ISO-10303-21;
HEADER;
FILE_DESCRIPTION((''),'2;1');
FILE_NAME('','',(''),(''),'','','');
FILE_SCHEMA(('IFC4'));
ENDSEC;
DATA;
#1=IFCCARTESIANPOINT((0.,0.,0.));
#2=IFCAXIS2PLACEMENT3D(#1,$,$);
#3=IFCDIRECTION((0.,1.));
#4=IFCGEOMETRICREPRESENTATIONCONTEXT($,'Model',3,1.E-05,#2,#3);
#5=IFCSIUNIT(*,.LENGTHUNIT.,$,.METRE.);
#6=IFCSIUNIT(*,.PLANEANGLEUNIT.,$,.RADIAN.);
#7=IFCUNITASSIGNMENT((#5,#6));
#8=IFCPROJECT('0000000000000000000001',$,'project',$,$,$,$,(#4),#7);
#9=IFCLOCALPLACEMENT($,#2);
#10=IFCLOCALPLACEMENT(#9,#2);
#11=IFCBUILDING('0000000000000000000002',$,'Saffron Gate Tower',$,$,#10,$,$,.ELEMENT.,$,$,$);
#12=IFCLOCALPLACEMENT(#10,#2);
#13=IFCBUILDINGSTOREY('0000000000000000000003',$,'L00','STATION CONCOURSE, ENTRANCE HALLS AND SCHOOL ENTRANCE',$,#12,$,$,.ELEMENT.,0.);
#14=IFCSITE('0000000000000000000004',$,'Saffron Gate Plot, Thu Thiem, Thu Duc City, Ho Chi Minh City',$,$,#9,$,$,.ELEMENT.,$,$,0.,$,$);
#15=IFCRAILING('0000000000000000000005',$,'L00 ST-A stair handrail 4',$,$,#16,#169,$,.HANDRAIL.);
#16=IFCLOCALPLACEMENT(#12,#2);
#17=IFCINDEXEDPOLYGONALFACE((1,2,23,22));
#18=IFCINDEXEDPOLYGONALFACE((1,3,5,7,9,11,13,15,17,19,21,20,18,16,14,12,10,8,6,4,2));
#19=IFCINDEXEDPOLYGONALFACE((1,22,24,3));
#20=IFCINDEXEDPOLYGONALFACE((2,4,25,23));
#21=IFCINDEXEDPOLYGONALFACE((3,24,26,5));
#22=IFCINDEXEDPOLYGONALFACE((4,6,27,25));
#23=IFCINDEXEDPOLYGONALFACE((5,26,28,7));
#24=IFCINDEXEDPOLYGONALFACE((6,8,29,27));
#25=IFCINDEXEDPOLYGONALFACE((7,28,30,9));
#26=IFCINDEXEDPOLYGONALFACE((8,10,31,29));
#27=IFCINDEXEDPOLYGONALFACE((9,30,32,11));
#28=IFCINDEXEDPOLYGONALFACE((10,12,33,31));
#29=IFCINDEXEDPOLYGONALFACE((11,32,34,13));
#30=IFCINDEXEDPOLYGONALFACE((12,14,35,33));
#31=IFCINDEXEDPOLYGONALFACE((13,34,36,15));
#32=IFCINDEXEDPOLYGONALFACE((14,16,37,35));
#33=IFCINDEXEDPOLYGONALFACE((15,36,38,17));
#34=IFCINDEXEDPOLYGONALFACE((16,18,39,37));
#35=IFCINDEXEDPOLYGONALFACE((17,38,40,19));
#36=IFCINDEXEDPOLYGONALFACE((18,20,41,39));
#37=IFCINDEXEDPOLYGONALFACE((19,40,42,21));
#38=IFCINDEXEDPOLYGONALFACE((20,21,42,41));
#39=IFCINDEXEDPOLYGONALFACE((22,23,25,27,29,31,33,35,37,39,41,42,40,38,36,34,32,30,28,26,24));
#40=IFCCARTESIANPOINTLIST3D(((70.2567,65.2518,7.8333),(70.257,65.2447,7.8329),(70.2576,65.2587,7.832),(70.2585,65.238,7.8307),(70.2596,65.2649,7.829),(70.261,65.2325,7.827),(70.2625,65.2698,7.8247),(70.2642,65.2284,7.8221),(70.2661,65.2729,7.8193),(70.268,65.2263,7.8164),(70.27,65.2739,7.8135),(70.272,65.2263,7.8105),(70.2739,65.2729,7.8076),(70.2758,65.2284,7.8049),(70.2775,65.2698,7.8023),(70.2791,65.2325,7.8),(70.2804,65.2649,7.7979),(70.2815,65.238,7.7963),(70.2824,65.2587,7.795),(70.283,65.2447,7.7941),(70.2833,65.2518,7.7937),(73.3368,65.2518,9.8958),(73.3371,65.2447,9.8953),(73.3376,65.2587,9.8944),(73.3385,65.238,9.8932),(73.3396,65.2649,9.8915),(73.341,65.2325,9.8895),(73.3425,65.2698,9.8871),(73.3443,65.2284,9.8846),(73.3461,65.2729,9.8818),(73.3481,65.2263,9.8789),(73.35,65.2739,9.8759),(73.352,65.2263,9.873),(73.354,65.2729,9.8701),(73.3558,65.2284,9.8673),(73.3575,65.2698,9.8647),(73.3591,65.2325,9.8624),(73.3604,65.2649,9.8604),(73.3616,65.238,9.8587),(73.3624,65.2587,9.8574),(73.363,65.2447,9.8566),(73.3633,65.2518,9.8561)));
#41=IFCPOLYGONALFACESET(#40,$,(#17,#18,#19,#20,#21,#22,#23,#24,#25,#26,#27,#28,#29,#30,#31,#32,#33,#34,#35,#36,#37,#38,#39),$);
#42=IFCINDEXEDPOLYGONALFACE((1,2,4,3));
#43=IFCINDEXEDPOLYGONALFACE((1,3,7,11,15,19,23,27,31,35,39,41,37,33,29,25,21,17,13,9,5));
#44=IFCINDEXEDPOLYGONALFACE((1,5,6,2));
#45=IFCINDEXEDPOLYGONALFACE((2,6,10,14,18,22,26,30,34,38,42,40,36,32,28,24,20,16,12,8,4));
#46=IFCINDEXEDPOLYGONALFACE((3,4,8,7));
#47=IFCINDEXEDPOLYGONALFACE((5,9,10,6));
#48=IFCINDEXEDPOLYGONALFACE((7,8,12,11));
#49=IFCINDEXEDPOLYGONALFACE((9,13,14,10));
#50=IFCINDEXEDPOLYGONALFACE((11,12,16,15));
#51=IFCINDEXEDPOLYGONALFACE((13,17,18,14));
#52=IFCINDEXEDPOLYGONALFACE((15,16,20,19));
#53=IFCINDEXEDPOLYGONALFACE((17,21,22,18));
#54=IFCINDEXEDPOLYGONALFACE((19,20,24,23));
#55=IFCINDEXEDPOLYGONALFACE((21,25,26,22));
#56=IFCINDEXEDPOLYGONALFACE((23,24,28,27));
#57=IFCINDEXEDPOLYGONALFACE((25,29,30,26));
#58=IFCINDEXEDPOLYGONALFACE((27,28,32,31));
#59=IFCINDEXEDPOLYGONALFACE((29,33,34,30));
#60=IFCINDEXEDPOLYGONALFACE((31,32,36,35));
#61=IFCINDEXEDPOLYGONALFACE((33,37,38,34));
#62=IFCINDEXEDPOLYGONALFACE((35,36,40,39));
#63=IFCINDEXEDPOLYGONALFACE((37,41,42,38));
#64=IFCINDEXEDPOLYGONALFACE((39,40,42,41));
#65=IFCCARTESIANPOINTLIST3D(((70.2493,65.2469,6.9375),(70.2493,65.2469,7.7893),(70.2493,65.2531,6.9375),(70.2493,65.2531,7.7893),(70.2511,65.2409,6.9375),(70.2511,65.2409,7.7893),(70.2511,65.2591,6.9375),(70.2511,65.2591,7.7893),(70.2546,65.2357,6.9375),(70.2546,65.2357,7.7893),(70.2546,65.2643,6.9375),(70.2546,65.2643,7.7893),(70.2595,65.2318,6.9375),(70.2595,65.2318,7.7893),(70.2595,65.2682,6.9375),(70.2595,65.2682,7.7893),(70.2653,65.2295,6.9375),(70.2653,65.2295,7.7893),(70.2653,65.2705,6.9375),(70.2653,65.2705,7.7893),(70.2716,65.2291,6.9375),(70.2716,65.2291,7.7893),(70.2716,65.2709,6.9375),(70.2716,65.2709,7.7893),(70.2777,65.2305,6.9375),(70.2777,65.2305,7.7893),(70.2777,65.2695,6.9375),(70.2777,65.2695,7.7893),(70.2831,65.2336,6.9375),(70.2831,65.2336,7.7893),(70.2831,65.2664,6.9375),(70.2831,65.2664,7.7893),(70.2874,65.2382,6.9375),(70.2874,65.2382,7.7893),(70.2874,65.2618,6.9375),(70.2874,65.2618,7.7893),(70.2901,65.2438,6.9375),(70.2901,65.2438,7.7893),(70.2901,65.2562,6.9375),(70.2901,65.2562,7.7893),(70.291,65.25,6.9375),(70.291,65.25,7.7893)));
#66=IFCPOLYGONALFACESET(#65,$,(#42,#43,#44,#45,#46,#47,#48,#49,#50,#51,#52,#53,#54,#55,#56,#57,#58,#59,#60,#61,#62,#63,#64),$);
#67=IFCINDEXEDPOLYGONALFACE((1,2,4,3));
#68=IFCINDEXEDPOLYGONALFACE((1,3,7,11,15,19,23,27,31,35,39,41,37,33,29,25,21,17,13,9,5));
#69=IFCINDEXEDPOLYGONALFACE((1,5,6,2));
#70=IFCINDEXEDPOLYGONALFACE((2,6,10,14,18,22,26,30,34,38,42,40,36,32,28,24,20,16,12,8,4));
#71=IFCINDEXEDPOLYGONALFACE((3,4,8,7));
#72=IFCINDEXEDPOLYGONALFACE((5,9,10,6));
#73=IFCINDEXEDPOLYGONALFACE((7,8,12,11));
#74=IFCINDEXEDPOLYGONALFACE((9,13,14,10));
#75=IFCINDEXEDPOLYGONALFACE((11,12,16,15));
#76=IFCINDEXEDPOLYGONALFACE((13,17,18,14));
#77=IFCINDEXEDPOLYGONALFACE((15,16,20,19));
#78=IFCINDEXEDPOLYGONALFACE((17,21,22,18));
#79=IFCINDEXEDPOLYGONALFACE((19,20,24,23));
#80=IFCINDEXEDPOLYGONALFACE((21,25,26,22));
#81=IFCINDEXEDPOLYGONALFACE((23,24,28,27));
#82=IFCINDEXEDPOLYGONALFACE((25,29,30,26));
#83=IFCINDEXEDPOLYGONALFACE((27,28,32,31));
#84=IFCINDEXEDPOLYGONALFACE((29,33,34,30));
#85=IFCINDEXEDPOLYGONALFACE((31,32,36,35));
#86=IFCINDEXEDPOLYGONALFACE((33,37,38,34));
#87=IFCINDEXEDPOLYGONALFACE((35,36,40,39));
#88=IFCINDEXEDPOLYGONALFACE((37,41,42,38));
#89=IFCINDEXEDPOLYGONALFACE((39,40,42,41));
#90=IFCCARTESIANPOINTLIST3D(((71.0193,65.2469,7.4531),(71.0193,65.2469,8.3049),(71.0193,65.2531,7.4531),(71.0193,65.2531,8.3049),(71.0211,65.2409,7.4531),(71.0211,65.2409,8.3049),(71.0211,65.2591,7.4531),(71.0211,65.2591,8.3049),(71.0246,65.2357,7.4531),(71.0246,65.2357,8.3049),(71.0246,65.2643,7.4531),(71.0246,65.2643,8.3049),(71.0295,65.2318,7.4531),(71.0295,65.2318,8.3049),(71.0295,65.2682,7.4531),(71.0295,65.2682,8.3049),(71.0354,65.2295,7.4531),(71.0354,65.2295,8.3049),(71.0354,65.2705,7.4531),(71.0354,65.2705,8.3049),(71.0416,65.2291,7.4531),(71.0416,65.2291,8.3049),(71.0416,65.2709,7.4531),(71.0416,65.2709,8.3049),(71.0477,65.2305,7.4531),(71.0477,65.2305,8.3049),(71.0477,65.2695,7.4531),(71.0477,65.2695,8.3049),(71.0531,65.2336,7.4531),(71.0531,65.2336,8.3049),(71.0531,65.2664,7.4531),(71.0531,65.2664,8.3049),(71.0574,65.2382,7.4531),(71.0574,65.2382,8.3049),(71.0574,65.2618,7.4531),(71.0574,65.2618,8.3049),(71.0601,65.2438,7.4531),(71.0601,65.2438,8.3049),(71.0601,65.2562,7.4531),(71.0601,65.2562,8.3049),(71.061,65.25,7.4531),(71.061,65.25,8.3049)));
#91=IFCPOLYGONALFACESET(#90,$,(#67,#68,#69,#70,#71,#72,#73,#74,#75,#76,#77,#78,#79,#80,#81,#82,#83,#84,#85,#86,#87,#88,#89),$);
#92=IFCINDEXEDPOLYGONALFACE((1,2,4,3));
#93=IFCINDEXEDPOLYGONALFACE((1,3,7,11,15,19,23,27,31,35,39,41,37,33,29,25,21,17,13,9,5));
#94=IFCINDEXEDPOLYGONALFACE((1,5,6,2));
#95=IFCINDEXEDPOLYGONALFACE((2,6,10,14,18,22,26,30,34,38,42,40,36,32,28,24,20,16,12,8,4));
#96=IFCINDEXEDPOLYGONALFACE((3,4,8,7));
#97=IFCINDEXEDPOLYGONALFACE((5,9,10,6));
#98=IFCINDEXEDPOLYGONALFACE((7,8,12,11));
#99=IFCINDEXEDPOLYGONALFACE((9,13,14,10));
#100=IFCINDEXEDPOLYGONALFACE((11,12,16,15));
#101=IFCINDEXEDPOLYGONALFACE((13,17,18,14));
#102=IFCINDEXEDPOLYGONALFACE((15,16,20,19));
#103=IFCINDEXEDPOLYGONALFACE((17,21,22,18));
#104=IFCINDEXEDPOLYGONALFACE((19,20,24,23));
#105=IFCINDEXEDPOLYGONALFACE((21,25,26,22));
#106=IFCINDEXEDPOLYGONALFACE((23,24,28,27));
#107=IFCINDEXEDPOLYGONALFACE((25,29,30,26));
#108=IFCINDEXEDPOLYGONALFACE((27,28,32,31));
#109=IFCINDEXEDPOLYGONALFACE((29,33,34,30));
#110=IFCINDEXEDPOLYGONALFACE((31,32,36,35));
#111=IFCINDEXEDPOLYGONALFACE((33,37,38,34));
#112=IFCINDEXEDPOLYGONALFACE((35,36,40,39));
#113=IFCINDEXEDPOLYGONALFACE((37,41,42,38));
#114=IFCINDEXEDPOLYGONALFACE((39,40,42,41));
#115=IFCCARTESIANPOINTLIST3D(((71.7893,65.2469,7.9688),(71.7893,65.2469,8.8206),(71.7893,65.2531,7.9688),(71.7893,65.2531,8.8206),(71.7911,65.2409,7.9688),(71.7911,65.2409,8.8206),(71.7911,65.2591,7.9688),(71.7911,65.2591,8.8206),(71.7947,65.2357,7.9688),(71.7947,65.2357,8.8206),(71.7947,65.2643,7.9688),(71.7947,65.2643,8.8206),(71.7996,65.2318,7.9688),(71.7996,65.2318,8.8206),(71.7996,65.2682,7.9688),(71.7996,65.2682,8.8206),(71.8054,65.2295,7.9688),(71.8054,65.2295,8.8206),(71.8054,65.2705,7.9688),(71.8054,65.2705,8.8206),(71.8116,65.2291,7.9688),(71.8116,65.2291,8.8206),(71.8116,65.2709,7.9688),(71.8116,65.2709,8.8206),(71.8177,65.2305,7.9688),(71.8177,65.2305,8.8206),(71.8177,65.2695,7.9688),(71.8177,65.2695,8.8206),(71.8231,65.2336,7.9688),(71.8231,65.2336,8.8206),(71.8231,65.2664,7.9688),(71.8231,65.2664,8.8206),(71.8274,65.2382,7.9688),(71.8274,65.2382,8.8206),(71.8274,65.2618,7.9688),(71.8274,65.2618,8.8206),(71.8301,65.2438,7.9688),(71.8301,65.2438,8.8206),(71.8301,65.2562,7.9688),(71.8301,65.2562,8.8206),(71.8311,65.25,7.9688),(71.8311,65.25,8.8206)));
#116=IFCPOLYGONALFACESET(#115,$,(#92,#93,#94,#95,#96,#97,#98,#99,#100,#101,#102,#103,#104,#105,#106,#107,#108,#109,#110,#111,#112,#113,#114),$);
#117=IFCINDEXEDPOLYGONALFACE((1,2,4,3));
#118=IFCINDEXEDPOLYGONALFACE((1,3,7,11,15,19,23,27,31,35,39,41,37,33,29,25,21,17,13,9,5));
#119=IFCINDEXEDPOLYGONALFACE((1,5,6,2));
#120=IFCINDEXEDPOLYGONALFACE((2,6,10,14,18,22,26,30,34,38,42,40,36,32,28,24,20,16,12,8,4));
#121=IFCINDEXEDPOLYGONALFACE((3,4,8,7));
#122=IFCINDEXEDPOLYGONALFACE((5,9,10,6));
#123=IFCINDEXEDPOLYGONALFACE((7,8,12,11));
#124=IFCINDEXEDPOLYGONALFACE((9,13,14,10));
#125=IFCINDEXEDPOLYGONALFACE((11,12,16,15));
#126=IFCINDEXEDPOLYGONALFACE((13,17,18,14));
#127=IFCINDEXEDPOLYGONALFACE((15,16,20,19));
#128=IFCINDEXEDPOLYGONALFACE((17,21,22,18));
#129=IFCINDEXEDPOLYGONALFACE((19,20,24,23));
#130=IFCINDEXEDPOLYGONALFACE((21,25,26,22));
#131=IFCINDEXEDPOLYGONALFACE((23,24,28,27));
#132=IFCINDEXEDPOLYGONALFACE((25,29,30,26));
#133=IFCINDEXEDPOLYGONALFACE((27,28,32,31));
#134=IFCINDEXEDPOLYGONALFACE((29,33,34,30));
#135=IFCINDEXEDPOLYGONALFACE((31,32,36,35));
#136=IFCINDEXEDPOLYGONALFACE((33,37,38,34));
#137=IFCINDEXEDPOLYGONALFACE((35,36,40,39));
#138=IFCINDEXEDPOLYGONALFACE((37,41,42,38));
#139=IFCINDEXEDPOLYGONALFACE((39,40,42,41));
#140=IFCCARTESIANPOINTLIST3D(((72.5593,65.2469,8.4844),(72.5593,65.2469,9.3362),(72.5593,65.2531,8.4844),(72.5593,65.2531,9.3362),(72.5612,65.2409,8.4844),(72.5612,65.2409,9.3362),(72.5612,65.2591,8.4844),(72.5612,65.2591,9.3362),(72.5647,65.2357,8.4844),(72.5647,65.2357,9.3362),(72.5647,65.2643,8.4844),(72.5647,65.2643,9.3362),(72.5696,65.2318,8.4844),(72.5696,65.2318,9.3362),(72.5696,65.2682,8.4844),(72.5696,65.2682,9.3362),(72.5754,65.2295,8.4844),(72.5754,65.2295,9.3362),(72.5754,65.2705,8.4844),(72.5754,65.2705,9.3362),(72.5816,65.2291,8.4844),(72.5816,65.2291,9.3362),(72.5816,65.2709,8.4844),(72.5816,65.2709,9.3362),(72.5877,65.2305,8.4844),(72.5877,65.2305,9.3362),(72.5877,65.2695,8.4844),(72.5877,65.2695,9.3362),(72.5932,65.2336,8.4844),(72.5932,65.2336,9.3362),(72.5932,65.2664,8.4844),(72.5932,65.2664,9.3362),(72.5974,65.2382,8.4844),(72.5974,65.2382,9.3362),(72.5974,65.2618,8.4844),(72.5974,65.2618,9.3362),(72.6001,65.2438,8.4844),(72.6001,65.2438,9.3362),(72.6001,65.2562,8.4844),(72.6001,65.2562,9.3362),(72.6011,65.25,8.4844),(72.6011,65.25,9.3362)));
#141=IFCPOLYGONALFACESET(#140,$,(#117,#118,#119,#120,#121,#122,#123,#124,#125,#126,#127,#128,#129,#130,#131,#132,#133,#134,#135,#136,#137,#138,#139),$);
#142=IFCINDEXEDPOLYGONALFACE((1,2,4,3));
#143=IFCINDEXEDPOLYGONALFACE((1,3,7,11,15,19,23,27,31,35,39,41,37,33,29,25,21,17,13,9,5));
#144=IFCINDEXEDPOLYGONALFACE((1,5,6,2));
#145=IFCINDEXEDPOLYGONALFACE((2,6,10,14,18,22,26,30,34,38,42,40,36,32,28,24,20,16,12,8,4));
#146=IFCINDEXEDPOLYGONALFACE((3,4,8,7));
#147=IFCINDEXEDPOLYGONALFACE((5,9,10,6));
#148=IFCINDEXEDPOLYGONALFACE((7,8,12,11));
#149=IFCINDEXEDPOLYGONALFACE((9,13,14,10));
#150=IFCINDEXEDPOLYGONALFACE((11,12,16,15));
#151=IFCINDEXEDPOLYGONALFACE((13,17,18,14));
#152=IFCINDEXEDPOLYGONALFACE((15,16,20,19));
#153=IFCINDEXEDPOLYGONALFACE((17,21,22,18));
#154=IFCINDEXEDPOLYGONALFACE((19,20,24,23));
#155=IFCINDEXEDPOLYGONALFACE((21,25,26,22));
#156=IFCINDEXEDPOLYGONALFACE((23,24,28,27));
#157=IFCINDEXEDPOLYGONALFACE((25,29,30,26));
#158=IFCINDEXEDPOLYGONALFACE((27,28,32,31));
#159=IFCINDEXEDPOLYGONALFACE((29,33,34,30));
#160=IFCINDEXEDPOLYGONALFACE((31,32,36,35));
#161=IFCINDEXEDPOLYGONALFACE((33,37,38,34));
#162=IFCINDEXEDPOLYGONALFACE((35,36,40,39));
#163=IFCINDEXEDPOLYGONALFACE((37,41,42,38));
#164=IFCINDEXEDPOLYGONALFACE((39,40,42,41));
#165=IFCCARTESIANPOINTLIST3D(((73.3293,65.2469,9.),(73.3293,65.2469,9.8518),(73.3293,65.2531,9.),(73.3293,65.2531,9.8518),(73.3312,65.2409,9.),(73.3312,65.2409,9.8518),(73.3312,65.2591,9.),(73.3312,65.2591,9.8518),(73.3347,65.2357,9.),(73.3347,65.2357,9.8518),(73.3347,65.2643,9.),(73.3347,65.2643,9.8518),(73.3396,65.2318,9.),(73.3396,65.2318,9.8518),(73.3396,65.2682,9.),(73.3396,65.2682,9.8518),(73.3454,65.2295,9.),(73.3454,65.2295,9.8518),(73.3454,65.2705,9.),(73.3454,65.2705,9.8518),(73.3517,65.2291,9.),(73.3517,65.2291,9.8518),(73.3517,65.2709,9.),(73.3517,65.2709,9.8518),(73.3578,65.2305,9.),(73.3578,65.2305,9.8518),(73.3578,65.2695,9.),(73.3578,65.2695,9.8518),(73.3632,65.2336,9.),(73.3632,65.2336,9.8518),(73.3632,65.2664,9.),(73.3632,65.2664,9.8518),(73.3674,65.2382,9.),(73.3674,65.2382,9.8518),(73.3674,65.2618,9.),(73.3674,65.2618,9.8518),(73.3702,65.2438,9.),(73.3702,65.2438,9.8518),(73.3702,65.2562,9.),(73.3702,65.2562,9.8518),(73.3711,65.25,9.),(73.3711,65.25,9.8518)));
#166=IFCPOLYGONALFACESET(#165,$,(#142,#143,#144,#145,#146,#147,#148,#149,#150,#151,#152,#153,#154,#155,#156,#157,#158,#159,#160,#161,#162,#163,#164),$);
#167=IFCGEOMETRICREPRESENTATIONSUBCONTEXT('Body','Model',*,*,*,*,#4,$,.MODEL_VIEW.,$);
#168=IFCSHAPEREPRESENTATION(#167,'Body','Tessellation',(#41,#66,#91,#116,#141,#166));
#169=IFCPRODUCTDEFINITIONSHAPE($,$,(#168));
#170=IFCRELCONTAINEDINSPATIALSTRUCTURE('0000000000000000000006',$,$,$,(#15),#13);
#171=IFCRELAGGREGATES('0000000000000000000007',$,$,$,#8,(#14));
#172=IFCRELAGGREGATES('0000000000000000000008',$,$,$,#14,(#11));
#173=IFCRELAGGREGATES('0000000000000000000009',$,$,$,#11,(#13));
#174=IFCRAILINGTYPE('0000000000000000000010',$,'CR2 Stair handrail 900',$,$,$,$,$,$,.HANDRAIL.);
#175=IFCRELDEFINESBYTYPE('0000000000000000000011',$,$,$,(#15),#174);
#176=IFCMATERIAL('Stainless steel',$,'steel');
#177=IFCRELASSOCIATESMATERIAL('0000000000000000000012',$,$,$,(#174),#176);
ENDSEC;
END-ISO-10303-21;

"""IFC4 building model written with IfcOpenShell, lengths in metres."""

from ifc_helpers import new_model, si_unit, direction, frame, origin, origin_2d, place, context, subcontext, project, spatial, circle, extrude, material, type_object, element, save


model = new_model("IFC4")

# Units and contexts
model_context = context("Model", 3, precision=1e-05, world=origin(), true_north=direction((0.0, 1.0)))
body_context = subcontext(model_context, "Body", "Model", "MODEL_VIEW")
ifc_project = project(units=[si_unit("LENGTHUNIT", "METRE"), si_unit("PLANEANGLEUNIT", "RADIAN")], contexts=[model_context])

# Site, building, storey
site_placement = place(None, origin())
site = spatial("IfcSite", under=ifc_project, at=site_placement, Name="Saffron Gate Plot, Thu Thiem, Thu Duc City, Ho Chi Minh City", CompositionType="ELEMENT", RefElevation=0.0)
building_placement = place(site_placement, origin())
building = spatial("IfcBuilding", under=site, at=building_placement, Name="Saffron Gate Tower", CompositionType="ELEMENT")
storey_placement = place(building_placement, origin())
storey = spatial("IfcBuildingStorey", under=building, at=storey_placement, Name="L00", Description="STATION CONCOURSE, ENTRANCE HALLS AND SCHOOL ENTRANCE", CompositionType="ELEMENT", Elevation=0.0)

# Railing
ifc_material_1 = material(Name="Stainless steel", Category="steel")
railing_type = type_object("IfcRailingType", Name="CR2 Stair handrail 900", PredefinedType="HANDRAIL", material=ifc_material_1)
for number, where, name in (
    (1, (70.27, 65.25, 6.9375), "L00 ST-A stair handrail 4"),
):
    element("IfcRailing", number, at=place(storey_placement, frame(where)), inside=storey, type_object=railing_type, Name=name, PredefinedType="HANDRAIL", context=body_context, shape_type="SweptSolid", body=[
        extrude(circle(Radius=0.0239, at=origin_2d()), frame((0.0, 0.0, 0.876), z_axis=(0.830914, 0.0, 0.556401), x_axis=(0.0, 1.0, 0.0)), (0.0, 0.0, 1.0), 3.7068),
        extrude(circle(Radius=0.021, at=origin_2d()), origin(), (0.0, 0.0, 1.0), 0.8518),
        extrude(circle(Radius=0.021, at=origin_2d()), frame((0.77, 0.0, 0.5156)), (0.0, 0.0, 1.0), 0.8518),
        extrude(circle(Radius=0.021, at=origin_2d()), frame((1.54, 0.0, 1.0312)), (0.0, 0.0, 1.0), 0.8518),
        extrude(circle(Radius=0.021, at=origin_2d()), frame((2.3101, 0.0, 1.5469)), (0.0, 0.0, 1.0), 0.8518),
        extrude(circle(Radius=0.021, at=origin_2d()), frame((3.0801, 0.0, 2.0625)), (0.0, 0.0, 1.0), 0.8518),
    ])

save(model, "model.ifc")
